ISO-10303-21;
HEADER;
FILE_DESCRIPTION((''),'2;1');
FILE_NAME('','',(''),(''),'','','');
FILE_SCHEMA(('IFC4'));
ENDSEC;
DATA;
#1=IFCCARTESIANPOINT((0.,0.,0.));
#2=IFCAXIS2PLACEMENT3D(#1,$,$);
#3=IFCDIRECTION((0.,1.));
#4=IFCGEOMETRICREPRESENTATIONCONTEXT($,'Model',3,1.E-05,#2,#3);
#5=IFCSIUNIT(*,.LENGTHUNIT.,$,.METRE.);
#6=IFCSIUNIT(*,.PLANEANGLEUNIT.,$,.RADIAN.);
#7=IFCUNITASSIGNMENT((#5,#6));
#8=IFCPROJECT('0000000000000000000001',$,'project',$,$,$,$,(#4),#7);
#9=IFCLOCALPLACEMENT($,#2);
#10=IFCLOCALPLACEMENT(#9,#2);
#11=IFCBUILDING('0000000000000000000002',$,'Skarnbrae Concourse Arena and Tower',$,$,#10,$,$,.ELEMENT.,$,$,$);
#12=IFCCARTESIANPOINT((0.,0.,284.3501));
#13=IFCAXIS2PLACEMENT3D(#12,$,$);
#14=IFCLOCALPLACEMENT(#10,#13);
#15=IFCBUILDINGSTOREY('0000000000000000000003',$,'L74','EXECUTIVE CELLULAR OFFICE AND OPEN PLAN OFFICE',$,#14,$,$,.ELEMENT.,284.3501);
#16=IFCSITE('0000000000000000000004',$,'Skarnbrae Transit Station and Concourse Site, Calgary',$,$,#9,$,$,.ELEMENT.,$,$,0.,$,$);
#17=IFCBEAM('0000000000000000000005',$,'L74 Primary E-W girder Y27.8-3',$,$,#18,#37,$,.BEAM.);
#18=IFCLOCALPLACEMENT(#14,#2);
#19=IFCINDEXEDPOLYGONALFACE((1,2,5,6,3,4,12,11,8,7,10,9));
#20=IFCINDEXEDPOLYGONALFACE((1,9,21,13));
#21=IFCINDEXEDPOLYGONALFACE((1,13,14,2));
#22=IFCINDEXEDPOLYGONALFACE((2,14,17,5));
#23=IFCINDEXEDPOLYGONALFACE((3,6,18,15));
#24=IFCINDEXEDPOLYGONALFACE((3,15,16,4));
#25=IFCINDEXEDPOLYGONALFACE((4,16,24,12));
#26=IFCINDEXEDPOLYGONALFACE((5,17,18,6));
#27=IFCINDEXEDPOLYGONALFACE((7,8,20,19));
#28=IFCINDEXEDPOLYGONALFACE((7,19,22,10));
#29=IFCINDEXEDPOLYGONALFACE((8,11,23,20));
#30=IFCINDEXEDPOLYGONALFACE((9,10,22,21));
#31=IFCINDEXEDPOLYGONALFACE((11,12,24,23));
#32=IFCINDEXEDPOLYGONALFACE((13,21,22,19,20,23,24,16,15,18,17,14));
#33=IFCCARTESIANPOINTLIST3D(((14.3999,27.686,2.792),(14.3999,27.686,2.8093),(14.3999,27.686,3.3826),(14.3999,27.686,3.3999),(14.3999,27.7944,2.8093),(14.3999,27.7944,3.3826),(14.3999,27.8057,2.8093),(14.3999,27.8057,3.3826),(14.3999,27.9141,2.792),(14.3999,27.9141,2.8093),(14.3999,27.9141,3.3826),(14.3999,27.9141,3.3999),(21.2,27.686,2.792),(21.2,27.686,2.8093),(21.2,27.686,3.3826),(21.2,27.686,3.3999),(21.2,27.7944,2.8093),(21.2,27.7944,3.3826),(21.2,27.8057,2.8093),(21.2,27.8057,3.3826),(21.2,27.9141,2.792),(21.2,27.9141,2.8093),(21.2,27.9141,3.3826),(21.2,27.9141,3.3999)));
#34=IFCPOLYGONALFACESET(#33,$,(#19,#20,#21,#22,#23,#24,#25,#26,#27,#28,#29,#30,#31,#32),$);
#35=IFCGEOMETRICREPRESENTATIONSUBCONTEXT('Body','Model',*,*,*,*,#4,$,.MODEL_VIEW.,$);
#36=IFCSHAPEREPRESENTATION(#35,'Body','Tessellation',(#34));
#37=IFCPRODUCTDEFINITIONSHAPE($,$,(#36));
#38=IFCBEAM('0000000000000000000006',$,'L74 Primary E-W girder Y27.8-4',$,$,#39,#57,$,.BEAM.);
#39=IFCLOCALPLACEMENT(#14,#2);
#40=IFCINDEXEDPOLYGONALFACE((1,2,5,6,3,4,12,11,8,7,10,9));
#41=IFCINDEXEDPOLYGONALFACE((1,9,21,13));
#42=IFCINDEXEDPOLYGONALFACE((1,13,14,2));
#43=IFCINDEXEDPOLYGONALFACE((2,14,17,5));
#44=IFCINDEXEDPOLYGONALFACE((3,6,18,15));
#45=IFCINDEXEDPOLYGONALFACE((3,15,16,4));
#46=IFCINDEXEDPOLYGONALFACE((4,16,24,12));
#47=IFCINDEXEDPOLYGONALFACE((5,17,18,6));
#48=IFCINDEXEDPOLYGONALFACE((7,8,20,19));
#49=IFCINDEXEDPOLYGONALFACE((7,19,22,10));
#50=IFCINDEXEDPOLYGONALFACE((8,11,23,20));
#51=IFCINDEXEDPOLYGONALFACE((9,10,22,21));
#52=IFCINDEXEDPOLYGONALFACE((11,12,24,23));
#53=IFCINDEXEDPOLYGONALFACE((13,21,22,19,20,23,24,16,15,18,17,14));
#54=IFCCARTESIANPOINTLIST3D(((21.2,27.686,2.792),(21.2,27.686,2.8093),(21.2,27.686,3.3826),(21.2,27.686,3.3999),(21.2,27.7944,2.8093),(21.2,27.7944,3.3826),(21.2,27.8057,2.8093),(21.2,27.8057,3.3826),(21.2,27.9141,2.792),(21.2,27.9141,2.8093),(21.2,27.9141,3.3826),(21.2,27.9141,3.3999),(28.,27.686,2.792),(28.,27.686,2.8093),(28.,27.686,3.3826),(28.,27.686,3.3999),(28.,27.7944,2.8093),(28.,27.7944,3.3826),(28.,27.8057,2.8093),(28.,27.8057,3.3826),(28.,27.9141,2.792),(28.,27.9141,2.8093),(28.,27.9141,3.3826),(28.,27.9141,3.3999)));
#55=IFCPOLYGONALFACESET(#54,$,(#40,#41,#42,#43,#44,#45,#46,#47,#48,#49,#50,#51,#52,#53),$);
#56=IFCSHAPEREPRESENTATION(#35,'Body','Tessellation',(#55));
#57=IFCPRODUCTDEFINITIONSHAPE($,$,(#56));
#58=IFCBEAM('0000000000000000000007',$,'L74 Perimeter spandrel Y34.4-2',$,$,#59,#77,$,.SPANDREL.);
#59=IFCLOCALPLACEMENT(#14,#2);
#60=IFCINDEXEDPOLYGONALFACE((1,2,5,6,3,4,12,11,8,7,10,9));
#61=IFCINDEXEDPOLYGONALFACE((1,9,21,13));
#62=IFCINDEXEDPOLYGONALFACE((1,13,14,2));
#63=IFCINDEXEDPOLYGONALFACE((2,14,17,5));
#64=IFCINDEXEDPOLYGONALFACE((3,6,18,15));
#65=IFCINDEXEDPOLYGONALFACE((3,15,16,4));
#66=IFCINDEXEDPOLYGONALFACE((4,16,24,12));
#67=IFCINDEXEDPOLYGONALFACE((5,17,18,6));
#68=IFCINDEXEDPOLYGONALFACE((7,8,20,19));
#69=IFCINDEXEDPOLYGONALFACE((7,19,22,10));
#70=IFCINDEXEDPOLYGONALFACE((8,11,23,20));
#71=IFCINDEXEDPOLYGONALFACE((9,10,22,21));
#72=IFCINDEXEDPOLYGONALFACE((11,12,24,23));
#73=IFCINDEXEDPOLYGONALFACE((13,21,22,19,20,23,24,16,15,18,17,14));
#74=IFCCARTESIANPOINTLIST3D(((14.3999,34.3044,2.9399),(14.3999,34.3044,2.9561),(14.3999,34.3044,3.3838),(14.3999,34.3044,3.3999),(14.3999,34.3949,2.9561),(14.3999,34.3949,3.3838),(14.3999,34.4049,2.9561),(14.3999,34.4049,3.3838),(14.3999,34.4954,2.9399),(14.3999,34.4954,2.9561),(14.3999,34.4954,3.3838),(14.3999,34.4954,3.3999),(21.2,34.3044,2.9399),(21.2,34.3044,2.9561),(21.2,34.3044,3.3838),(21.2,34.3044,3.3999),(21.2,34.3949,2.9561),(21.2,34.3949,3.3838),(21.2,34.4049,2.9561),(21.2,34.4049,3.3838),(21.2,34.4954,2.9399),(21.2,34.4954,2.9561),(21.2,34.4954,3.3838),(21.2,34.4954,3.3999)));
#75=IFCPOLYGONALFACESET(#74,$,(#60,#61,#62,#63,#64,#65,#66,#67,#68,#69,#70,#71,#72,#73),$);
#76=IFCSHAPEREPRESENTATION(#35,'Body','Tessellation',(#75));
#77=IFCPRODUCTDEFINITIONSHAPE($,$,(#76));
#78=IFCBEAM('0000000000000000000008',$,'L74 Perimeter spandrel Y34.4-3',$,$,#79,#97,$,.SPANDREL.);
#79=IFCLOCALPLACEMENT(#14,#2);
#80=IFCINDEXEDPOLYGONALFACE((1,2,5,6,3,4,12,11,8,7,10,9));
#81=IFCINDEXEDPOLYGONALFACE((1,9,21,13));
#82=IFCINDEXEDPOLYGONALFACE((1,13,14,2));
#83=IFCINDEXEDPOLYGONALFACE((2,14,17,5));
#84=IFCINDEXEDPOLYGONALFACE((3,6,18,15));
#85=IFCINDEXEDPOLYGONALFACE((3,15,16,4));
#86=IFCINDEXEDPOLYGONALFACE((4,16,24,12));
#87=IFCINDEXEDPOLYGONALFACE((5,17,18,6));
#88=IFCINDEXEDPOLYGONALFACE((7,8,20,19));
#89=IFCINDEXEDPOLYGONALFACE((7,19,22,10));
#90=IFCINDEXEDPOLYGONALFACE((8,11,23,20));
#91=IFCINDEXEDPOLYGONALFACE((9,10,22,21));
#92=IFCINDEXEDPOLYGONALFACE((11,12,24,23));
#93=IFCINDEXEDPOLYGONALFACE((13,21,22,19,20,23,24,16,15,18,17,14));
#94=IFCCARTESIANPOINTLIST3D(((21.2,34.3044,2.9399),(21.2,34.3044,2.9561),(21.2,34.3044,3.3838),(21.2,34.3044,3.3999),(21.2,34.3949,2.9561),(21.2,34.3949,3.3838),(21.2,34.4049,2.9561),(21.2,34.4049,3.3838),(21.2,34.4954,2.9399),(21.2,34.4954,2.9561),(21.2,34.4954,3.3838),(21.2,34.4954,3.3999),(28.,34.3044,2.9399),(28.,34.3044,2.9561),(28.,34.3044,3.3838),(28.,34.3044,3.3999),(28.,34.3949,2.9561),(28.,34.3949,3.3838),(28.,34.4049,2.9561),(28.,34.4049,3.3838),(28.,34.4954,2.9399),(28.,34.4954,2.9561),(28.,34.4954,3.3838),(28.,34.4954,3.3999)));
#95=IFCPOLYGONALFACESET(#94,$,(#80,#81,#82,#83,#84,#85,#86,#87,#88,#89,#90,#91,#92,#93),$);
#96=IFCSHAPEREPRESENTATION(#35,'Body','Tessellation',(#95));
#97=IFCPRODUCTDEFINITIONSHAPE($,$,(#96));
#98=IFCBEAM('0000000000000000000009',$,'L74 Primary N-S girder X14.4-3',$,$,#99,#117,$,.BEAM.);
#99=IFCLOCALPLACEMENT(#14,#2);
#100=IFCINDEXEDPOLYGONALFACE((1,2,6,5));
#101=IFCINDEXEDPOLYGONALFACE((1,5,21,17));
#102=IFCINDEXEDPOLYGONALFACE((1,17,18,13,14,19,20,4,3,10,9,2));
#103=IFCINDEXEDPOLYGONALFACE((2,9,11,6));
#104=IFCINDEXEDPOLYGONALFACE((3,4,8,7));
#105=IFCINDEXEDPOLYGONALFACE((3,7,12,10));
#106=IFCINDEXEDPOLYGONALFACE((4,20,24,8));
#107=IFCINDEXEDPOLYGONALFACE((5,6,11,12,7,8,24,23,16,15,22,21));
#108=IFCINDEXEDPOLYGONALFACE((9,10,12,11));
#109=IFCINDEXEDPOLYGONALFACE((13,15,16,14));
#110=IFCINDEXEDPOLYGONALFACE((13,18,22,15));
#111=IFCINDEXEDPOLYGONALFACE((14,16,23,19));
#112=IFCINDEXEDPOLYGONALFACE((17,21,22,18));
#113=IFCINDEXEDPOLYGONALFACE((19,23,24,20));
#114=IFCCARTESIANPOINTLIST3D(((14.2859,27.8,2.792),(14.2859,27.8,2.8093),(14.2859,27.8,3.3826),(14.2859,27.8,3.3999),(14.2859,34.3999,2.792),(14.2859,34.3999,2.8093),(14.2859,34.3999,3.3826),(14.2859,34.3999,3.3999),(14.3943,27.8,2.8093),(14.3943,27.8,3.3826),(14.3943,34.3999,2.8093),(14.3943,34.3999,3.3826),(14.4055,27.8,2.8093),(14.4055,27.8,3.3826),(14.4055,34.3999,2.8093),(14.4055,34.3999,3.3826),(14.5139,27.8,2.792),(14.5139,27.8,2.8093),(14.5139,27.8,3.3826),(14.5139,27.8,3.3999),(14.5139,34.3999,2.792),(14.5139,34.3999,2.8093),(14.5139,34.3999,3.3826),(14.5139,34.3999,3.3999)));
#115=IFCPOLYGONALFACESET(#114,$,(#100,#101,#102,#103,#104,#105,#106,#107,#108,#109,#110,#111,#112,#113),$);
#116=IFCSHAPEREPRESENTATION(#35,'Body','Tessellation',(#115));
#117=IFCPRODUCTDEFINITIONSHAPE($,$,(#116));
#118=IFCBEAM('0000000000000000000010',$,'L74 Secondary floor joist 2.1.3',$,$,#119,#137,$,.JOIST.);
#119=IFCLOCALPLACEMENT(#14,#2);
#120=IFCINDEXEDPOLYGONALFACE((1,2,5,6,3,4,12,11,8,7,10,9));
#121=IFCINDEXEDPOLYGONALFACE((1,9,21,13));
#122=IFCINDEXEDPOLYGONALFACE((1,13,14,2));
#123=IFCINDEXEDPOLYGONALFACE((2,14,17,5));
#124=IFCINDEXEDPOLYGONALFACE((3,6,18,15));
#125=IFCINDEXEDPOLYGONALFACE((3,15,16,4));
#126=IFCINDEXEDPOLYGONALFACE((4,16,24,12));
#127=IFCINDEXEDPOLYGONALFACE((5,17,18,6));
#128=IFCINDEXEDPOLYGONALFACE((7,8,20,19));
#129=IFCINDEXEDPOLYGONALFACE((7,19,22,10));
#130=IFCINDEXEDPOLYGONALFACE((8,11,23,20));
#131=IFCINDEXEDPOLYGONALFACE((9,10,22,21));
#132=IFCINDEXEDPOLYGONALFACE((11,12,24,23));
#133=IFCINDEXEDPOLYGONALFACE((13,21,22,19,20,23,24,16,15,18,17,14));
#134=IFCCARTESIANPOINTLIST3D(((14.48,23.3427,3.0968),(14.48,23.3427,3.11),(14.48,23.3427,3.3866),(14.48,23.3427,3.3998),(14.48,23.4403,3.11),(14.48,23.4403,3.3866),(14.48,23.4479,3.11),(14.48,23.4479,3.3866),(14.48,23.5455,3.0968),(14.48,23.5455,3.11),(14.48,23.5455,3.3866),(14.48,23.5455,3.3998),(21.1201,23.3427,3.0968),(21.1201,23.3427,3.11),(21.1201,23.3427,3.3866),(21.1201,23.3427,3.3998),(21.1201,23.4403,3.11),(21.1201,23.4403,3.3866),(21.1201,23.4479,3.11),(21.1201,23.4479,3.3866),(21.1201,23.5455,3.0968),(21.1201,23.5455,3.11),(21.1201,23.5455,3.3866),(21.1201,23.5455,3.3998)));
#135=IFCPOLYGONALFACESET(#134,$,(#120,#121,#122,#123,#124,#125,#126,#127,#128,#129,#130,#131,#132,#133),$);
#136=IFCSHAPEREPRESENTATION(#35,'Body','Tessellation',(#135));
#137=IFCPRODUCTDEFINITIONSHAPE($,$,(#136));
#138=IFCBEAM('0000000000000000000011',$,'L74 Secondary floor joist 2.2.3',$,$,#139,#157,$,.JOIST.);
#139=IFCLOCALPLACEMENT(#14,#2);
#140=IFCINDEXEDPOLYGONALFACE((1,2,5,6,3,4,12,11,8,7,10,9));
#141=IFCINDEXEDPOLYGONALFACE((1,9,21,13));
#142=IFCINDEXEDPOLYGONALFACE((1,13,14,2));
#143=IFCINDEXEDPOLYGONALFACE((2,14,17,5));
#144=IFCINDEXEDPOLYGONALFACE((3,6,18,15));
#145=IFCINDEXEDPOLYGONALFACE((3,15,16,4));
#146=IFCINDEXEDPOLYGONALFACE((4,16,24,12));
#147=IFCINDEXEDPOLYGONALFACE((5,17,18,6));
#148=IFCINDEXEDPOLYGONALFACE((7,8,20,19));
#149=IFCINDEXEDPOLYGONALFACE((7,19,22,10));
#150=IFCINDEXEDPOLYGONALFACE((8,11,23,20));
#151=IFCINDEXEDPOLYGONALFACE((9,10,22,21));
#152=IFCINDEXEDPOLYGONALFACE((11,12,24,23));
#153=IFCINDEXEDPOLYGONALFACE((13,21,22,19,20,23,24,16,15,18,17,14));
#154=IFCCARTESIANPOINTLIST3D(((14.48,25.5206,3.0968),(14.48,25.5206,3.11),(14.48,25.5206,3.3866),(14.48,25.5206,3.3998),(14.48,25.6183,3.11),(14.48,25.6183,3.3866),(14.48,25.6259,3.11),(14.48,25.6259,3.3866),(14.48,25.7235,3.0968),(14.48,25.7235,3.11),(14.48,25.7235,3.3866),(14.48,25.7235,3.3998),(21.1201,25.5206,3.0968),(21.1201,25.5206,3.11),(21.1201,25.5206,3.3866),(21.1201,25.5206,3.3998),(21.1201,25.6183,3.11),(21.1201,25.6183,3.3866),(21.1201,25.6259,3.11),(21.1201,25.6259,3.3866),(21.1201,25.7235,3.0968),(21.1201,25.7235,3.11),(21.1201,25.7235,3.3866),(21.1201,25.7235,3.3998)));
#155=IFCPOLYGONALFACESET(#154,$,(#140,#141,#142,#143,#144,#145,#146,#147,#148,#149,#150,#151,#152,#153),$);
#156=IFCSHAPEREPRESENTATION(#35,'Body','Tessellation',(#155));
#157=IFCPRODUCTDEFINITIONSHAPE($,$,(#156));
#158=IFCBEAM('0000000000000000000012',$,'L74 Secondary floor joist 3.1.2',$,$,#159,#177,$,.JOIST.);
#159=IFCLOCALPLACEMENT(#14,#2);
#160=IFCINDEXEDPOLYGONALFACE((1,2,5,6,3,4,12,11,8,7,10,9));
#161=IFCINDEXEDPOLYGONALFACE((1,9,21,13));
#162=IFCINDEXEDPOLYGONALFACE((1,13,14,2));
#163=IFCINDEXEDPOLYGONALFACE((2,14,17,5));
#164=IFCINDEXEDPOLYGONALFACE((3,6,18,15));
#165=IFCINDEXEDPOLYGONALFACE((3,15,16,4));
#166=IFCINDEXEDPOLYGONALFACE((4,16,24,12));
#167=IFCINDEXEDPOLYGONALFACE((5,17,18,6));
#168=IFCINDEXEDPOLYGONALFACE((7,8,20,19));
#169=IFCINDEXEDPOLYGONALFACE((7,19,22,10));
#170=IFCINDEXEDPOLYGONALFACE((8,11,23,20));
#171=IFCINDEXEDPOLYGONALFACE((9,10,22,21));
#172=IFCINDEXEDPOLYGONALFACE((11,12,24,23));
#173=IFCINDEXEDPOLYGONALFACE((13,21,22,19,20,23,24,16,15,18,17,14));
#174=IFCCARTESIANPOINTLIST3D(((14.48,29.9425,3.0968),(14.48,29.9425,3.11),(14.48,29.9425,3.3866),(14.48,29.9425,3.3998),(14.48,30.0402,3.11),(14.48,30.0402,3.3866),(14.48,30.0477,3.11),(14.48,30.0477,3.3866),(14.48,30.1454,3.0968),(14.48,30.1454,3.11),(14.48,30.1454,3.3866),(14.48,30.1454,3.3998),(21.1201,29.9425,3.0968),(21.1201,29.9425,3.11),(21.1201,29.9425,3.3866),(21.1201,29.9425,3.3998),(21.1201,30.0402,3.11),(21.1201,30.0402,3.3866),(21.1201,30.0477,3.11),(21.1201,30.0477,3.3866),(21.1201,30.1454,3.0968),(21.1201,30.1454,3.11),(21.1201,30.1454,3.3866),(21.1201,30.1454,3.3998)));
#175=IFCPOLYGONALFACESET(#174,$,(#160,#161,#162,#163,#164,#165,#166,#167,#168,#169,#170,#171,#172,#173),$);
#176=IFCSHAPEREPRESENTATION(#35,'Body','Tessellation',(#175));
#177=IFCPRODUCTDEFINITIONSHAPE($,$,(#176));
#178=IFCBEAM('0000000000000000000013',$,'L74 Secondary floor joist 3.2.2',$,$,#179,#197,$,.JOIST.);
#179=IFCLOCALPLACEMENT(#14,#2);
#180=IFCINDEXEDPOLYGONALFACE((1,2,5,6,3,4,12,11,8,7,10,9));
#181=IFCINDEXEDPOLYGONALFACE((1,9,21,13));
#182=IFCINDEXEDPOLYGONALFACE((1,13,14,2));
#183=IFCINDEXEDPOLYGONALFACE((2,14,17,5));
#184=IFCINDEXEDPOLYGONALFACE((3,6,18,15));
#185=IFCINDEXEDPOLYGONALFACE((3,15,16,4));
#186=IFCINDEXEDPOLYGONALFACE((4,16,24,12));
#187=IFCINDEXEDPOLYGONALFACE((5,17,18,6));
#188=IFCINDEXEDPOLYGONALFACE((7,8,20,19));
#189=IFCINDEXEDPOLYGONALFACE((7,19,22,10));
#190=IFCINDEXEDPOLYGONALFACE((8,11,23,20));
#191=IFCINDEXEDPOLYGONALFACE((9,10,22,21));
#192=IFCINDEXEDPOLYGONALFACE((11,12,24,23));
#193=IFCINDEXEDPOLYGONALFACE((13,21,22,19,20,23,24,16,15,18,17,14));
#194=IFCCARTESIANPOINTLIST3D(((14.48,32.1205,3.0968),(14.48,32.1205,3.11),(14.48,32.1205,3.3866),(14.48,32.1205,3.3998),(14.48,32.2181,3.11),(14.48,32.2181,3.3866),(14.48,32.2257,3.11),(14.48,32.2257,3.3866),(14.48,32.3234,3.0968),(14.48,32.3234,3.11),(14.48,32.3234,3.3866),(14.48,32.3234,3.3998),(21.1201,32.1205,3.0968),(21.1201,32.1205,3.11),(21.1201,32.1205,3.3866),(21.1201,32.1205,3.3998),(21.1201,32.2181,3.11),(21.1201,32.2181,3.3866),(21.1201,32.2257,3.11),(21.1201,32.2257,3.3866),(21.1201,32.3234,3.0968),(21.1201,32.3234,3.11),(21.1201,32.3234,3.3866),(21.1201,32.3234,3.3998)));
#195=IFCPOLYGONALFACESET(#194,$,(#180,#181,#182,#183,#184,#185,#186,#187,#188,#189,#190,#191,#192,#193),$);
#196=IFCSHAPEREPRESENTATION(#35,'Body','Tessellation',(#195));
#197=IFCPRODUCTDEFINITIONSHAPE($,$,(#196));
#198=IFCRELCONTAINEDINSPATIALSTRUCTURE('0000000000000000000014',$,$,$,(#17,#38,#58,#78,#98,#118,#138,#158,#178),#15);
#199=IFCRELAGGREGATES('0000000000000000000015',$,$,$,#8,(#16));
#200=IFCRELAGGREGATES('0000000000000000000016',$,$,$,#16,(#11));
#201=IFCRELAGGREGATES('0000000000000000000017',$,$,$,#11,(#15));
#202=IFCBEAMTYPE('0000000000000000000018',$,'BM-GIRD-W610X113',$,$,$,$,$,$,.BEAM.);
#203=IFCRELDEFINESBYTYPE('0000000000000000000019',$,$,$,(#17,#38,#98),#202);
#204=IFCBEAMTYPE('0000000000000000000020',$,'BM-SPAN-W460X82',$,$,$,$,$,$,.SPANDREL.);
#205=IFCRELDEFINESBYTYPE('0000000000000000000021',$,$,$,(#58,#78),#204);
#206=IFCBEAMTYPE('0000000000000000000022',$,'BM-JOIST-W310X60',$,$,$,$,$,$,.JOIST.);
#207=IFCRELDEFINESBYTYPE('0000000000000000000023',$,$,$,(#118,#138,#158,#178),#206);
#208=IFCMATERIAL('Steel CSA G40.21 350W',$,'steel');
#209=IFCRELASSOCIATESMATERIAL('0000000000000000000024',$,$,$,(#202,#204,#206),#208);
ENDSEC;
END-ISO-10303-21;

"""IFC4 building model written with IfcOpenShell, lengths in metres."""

from ifc_helpers import new_model, si_unit, direction, frame, origin, origin_2d, place, context, subcontext, project, spatial, i_section, extrude, source, transform, mapped, material, material_profile, profile_set, type_object, element, save


model = new_model("IFC4")

# Units and contexts
model_context = context("Model", 3, precision=1e-05, world=origin(), true_north=direction((0.0, 1.0)))
body_context = subcontext(model_context, "Body", "Model", "MODEL_VIEW")
ifc_project = project(units=[si_unit("LENGTHUNIT", "METRE"), si_unit("PLANEANGLEUNIT", "RADIAN")], contexts=[model_context])

# Site, building, storey
site_placement = place(None, origin())
site = spatial("IfcSite", under=ifc_project, at=site_placement, Name="Skarnbrae Transit Station and Concourse Site, Calgary", CompositionType="ELEMENT", RefElevation=0.0)
building_placement = place(site_placement, origin())
building = spatial("IfcBuilding", under=site, at=building_placement, Name="Skarnbrae Concourse Arena and Tower", CompositionType="ELEMENT")
storey_placement = place(building_placement, frame((0.0, 0.0, 284.3501)))
storey = spatial("IfcBuildingStorey", under=building, at=storey_placement, Name="L74", Description="EXECUTIVE CELLULAR OFFICE AND OPEN PLAN OFFICE", CompositionType="ELEMENT", Elevation=284.3501)

# Shared definitions
ifc_material_1 = material(Name="Steel CSA G40.21 350W", Category="steel")

# Beams
ifc_material_profile_1 = material_profile(ifc_material_1, i_section(OverallWidth=0.228, OverallDepth=0.6079, WebThickness=0.0112, FlangeThickness=0.0173, at=origin_2d()), Name="W610X113")
ifc_profile_set_1 = profile_set([ifc_material_profile_1], Name="Steel CSA G40.21 350W")
beam_type_1 = type_object("IfcBeamType", Name="BM-GIRD-W610X113", PredefinedType="BEAM", material=ifc_profile_set_1)
shared_shape_1 = source(origin(), body_context, "Body", "SweptSolid", [
    extrude(i_section(OverallWidth=0.228, OverallDepth=0.6079, WebThickness=0.0112, FlangeThickness=0.0173, at=origin_2d()), origin(), (0.0, 0.0, 1.0), 6.8),
])
for number, where, z_axis, x_axis, name in (
    (1, (14.3999, 27.8, 3.0959), (1.0, 0.0, 0.0), (0.0, 1.0, 0.0), "L74 Primary E-W girder Y27.8-3"),
    (2, (21.2, 27.8, 3.0959), (1.0, 0.0, 0.0), (0.0, 1.0, 0.0), "L74 Primary E-W girder Y27.8-4"),
):
    element("IfcBeam", number, at=place(storey_placement, frame(where, z_axis=z_axis, x_axis=x_axis)), inside=storey, type_object=beam_type_1, Name=name, PredefinedType="BEAM", context=body_context, shape_type="MappedRepresentation", body=[
        mapped(shared_shape_1, transform((0.0, 0.0, 0.0))),
    ])
ifc_material_profile_2 = material_profile(ifc_material_1, i_section(OverallWidth=0.1909, OverallDepth=0.46, WebThickness=0.01, FlangeThickness=0.0161, at=origin_2d()), Name="W460X82")
ifc_profile_set_2 = profile_set([ifc_material_profile_2], Name="Steel CSA G40.21 350W")
beam_type_2 = type_object("IfcBeamType", Name="BM-SPAN-W460X82", PredefinedType="SPANDREL", material=ifc_profile_set_2)
shared_shape_2 = source(origin(), body_context, "Body", "SweptSolid", [
    extrude(i_section(OverallWidth=0.1909, OverallDepth=0.46, WebThickness=0.01, FlangeThickness=0.0161, at=origin_2d()), origin(), (0.0, 0.0, 1.0), 6.8),
])
for number, where, z_axis, x_axis, name in (
    (3, (14.3999, 34.3999, 3.1699), (1.0, 0.0, 0.0), (0.0, 1.0, 0.0), "L74 Perimeter spandrel Y34.4-2"),
    (4, (21.2, 34.3999, 3.1699), (1.0, 0.0, 0.0), (0.0, 1.0, 0.0), "L74 Perimeter spandrel Y34.4-3"),
):
    element("IfcBeam", number, at=place(storey_placement, frame(where, z_axis=z_axis, x_axis=x_axis)), inside=storey, type_object=beam_type_2, Name=name, PredefinedType="SPANDREL", context=body_context, shape_type="MappedRepresentation", body=[
        mapped(shared_shape_2, transform((0.0, 0.0, 0.0))),
    ])
shared_shape_3 = source(origin(), body_context, "Body", "SweptSolid", [
    extrude(i_section(OverallWidth=0.228, OverallDepth=0.6079, WebThickness=0.0112, FlangeThickness=0.0173, at=origin_2d()), origin(), (0.0, 0.0, 1.0), 6.5999),
])
beam_1_placement = place(storey_placement, frame((14.3999, 27.8, 3.0959), z_axis=(0.0, 1.0, 0.0), x_axis=(-1.0, 0.0, 0.0)))
element("IfcBeam", 5, at=beam_1_placement, inside=storey, type_object=beam_type_1, Name="L74 Primary N-S girder X14.4-3", PredefinedType="BEAM", context=body_context, shape_type="MappedRepresentation", body=[
    mapped(shared_shape_3, transform((0.0, 0.0, 0.0))),
])
ifc_material_profile_3 = material_profile(ifc_material_1, i_section(OverallWidth=0.2029, OverallDepth=0.303, WebThickness=0.0076, FlangeThickness=0.0132, at=origin_2d()), Name="W310X60")
ifc_profile_set_3 = profile_set([ifc_material_profile_3], Name="Steel CSA G40.21 350W")
beam_type_3 = type_object("IfcBeamType", Name="BM-JOIST-W310X60", PredefinedType="JOIST", material=ifc_profile_set_3)
shared_shape_4 = source(origin(), body_context, "Body", "SweptSolid", [
    extrude(i_section(OverallWidth=0.2029, OverallDepth=0.303, WebThickness=0.0076, FlangeThickness=0.0132, at=origin_2d()), origin(), (0.0, 0.0, 1.0), 6.6401),
])
for number, where, z_axis, x_axis, name in (
    (6, (14.48, 23.4441, 3.2483), (1.0, 0.0, 0.0), (0.0, 1.0, 0.0), "L74 Secondary floor joist 2.1.3"),
    (7, (14.48, 25.6221, 3.2483), (1.0, 0.0, 0.0), (0.0, 1.0, 0.0), "L74 Secondary floor joist 2.2.3"),
    (8, (14.48, 30.0439, 3.2483), (1.0, 0.0, 0.0), (0.0, 1.0, 0.0), "L74 Secondary floor joist 3.1.2"),
    (9, (14.48, 32.2219, 3.2483), (1.0, 0.0, 0.0), (0.0, 1.0, 0.0), "L74 Secondary floor joist 3.2.2"),
):
    element("IfcBeam", number, at=place(storey_placement, frame(where, z_axis=z_axis, x_axis=x_axis)), inside=storey, type_object=beam_type_3, Name=name, PredefinedType="JOIST", context=body_context, shape_type="MappedRepresentation", body=[
        mapped(shared_shape_4, transform((0.0, 0.0, 0.0))),
    ])

save(model, "model.ifc")
